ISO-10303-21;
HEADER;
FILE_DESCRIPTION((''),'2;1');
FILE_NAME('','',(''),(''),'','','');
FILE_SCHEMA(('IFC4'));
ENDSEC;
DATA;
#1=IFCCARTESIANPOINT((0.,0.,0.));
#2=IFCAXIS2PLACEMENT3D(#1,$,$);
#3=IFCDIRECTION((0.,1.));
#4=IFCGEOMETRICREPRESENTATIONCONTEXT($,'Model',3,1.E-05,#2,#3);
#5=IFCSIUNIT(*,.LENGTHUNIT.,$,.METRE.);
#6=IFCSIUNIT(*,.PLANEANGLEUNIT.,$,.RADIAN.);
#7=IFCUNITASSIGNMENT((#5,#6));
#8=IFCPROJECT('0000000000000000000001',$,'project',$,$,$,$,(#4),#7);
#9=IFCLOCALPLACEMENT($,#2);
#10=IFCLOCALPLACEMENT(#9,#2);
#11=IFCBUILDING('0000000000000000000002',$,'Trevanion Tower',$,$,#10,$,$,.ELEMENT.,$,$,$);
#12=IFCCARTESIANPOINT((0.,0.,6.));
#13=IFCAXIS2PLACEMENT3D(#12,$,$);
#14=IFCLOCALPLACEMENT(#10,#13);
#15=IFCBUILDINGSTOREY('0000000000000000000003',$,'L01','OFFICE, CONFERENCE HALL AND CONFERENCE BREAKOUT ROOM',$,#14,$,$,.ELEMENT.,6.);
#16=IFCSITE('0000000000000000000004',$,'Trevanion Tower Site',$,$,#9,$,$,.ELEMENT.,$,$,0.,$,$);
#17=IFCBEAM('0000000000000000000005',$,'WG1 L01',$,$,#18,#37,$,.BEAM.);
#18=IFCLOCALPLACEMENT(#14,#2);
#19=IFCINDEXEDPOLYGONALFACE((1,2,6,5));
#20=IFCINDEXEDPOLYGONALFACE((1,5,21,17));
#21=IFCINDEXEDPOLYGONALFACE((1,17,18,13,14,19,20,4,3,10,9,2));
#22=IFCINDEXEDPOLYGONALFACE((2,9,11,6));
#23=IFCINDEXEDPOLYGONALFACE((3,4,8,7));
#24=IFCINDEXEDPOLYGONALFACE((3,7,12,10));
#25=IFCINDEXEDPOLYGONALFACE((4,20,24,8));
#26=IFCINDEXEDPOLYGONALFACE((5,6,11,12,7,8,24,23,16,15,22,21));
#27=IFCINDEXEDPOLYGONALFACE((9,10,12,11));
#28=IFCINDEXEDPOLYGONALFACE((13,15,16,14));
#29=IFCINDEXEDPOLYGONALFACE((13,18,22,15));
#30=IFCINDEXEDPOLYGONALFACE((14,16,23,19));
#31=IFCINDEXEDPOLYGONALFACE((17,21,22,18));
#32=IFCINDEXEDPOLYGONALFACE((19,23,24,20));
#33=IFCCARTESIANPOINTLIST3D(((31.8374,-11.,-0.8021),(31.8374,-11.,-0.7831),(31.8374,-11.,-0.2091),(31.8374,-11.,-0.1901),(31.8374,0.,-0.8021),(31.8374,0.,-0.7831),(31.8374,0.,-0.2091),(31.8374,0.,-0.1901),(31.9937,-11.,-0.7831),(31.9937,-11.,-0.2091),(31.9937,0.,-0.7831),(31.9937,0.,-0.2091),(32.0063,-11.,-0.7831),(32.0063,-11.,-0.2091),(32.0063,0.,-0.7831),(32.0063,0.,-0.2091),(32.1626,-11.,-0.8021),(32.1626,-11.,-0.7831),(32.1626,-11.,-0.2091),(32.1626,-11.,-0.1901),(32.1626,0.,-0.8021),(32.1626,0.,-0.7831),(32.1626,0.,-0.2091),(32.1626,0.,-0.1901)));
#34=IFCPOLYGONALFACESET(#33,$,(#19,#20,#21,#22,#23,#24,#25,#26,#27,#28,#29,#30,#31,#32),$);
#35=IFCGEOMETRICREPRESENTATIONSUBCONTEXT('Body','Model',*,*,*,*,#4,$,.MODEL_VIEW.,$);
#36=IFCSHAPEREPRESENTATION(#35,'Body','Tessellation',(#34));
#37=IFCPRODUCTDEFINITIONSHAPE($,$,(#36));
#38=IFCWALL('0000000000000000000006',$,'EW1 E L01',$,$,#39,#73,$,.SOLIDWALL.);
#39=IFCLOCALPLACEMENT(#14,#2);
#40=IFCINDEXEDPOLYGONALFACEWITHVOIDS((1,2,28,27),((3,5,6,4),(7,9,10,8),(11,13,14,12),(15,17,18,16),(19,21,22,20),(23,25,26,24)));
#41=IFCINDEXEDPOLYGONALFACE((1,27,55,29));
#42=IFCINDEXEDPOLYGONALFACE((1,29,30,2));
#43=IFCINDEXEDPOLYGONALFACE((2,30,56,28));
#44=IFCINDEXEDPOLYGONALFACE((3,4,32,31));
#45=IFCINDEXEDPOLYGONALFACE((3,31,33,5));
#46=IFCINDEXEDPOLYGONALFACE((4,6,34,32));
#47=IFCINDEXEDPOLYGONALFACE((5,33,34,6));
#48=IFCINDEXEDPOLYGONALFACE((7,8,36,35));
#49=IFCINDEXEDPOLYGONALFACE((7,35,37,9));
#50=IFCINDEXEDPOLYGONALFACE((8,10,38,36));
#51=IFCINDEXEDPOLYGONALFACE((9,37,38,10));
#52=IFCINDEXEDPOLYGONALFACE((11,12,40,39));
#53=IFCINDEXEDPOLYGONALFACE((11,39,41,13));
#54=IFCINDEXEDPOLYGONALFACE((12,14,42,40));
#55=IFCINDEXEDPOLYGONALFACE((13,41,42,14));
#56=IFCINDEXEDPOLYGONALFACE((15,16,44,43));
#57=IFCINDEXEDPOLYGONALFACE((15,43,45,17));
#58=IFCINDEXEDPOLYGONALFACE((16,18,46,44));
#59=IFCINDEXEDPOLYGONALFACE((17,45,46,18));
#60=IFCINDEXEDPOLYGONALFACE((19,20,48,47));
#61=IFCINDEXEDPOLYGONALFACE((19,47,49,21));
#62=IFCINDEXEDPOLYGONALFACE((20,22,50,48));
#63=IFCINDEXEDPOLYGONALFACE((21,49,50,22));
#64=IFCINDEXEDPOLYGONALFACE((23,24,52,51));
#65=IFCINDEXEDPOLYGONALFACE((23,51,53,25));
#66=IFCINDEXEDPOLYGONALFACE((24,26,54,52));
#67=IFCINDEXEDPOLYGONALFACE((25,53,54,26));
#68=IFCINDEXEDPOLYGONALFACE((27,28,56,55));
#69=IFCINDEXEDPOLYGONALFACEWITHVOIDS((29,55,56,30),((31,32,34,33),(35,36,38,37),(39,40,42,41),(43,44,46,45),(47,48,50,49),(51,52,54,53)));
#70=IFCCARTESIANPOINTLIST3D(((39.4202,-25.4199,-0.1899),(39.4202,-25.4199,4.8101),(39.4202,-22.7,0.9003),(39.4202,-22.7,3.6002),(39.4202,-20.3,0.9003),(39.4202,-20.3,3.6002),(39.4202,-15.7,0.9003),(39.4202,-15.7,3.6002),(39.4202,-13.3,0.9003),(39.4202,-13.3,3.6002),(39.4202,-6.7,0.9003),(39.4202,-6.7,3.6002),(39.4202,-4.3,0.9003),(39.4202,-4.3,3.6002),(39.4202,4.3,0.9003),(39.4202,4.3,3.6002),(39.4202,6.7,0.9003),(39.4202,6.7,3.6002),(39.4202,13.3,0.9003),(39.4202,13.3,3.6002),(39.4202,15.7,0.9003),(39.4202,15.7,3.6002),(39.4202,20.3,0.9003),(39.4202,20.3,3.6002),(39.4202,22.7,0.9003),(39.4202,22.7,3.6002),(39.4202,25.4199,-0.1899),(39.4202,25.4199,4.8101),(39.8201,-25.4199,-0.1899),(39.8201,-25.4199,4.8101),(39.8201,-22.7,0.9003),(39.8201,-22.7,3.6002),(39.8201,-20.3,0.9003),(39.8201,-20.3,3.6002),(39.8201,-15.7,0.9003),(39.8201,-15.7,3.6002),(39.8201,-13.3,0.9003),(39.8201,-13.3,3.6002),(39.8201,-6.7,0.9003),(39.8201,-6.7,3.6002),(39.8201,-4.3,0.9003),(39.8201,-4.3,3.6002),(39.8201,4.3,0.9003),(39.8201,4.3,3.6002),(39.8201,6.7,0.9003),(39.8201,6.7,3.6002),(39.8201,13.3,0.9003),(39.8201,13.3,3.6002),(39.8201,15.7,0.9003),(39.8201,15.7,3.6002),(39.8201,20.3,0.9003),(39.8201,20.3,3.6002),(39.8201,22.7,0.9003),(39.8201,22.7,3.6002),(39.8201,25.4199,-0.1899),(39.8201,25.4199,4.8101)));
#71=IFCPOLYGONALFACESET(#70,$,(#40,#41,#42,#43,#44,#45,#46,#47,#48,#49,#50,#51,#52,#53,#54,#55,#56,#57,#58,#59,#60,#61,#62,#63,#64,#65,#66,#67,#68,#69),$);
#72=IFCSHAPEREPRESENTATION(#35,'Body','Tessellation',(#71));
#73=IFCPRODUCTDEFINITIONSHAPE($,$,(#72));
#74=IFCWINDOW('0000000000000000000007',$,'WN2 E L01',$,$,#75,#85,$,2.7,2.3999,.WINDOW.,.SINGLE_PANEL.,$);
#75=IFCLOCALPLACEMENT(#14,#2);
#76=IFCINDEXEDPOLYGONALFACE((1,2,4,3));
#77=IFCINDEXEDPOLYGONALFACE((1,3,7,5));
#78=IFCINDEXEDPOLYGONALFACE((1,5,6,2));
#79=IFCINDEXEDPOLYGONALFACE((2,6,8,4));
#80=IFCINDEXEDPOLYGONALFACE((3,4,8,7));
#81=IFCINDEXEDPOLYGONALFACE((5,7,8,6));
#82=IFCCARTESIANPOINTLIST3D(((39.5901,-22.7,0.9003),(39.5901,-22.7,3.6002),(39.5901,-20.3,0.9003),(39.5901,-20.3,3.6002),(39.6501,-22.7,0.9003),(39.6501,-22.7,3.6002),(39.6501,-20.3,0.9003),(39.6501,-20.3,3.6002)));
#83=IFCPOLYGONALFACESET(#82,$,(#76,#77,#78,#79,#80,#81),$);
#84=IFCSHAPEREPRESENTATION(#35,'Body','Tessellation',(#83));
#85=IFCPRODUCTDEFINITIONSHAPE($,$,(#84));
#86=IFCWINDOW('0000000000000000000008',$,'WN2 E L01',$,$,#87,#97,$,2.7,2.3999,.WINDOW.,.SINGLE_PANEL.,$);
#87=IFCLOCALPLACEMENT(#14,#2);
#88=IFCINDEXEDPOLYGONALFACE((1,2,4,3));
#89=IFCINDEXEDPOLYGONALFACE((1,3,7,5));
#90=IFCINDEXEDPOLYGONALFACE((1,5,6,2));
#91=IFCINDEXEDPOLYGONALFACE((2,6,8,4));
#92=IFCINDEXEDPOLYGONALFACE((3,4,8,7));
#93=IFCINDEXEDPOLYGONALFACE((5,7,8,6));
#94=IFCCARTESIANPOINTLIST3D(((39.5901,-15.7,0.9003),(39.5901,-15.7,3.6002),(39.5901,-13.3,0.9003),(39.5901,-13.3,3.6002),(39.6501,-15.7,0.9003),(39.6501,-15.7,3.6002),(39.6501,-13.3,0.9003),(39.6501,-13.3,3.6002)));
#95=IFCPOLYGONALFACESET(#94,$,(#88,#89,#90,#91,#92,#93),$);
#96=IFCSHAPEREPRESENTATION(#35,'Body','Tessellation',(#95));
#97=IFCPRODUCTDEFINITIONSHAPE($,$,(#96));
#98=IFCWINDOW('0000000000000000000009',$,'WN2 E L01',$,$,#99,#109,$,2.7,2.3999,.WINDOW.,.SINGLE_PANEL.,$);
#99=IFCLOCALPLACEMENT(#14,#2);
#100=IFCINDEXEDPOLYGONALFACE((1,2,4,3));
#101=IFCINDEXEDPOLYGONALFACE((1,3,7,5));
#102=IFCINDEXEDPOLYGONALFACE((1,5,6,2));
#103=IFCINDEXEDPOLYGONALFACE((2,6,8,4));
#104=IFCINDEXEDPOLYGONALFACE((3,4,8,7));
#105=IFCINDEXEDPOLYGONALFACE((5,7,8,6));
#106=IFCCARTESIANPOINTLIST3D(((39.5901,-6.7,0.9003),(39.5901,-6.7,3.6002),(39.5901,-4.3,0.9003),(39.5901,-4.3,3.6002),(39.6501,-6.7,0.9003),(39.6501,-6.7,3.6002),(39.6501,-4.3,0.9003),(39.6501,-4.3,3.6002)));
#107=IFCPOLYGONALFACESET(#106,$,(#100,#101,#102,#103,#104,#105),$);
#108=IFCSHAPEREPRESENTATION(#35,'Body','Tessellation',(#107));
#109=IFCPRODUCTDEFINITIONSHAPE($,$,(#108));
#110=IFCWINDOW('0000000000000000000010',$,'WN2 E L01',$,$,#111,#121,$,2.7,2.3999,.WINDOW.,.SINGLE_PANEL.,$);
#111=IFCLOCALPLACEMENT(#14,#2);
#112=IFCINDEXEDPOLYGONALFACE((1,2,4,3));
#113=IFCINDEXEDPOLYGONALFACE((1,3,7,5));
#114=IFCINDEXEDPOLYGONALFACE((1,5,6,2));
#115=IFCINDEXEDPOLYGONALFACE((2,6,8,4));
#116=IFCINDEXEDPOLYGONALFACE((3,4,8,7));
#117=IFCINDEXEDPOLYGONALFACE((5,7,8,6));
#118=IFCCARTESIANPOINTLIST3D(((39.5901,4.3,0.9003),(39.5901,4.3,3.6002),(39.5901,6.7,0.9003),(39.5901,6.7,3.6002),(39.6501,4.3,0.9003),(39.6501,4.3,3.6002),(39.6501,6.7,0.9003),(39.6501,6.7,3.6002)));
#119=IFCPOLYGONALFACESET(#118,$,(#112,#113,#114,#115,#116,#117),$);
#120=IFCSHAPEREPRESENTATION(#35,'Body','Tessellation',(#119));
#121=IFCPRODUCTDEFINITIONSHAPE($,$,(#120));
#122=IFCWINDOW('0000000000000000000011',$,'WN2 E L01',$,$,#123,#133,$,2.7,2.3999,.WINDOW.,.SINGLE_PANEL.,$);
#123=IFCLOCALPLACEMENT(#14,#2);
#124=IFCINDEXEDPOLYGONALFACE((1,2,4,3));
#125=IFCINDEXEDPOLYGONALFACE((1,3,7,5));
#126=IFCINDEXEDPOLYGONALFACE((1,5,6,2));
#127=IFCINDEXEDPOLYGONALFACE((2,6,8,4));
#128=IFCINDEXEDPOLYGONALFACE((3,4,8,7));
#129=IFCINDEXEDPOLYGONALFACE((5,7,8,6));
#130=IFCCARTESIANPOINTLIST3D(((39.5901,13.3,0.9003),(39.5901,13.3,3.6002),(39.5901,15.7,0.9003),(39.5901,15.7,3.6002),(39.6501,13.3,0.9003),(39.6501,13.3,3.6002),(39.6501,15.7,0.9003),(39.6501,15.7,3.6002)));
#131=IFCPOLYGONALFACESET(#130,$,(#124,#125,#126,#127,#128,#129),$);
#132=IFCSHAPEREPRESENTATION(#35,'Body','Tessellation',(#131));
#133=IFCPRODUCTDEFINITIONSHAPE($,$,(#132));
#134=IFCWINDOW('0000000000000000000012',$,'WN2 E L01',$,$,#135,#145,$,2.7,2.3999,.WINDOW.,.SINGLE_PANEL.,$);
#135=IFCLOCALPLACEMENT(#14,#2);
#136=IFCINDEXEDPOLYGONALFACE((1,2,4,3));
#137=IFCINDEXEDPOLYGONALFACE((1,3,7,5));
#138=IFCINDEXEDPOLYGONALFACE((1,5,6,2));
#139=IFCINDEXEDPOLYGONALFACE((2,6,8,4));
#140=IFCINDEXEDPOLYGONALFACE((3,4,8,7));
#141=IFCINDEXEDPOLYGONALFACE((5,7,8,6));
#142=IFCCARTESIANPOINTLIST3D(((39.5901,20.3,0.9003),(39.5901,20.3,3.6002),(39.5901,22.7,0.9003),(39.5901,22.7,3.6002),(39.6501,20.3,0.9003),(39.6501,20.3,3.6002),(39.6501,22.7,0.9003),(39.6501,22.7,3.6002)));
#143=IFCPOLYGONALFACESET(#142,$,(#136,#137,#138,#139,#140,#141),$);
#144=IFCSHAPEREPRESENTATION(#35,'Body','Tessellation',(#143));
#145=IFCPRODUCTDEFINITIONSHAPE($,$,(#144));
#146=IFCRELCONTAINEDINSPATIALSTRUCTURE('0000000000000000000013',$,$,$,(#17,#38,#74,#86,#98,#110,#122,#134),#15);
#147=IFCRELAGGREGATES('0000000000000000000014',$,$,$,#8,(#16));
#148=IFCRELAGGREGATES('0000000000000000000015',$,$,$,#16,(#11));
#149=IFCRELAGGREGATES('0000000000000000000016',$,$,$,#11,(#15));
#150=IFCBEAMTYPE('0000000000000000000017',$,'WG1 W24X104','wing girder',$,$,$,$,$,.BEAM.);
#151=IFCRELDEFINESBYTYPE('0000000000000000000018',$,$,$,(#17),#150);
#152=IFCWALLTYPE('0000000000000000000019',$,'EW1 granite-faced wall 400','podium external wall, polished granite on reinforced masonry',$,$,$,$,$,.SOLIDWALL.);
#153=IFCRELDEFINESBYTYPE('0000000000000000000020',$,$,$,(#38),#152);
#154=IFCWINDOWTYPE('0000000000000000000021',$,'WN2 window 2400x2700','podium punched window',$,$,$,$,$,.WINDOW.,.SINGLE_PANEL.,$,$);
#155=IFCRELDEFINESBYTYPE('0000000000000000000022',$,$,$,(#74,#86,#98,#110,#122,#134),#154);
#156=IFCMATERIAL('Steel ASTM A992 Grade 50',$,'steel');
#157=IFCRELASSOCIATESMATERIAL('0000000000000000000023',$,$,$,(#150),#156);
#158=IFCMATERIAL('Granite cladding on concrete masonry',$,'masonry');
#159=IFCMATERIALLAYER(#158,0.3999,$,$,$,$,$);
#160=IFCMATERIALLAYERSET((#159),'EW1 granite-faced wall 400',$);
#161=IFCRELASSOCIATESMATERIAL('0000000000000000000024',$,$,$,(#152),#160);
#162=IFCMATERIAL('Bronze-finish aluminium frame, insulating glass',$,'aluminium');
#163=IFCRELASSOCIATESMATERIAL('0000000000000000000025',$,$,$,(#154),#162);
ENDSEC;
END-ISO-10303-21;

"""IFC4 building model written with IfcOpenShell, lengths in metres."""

from ifc_helpers import new_model, si_unit, direction, frame, frame_2d, origin, origin_2d, place, context, subcontext, project, spatial, rectangle, i_section, extrude, material, layer, layer_set, material_profile, profile_set, type_object, element, fill, save


model = new_model("IFC4")

# Units and contexts
model_context = context("Model", 3, precision=1e-05, world=origin(), true_north=direction((0.0, 1.0)))
body_context = subcontext(model_context, "Body", "Model", "MODEL_VIEW")
ifc_project = project(units=[si_unit("LENGTHUNIT", "METRE"), si_unit("PLANEANGLEUNIT", "RADIAN")], contexts=[model_context])

# Site, building, storey
site_placement = place(None, origin())
site = spatial("IfcSite", under=ifc_project, at=site_placement, Name="Trevanion Tower Site", CompositionType="ELEMENT", RefElevation=0.0)
building_placement = place(site_placement, origin())
building = spatial("IfcBuilding", under=site, at=building_placement, Name="Trevanion Tower", CompositionType="ELEMENT")
storey_placement = place(building_placement, frame((0.0, 0.0, 6.0)))
storey = spatial("IfcBuildingStorey", under=building, at=storey_placement, Name="L01", Description="OFFICE, CONFERENCE HALL AND CONFERENCE BREAKOUT ROOM", CompositionType="ELEMENT", Elevation=6.0)

# Beam
ifc_material_1 = material(Name="Steel ASTM A992 Grade 50", Category="steel")
ifc_material_profile_1 = material_profile(ifc_material_1, i_section(OverallWidth=0.3252, OverallDepth=0.6121, WebThickness=0.0127, FlangeThickness=0.019, at=origin_2d()), Name="W24X104")
ifc_profile_set_1 = profile_set([ifc_material_profile_1], Name="Steel ASTM A992 Grade 50")
beam_type_1 = type_object("IfcBeamType", Name="WG1 W24X104", Description="wing girder", PredefinedType="BEAM", material=ifc_profile_set_1)
beam_1_placement = place(storey_placement, frame((32.0, -11.0, -0.4961), z_axis=(0.0, 1.0, 0.0), x_axis=(-1.0, 0.0, 0.0)))
element("IfcBeam", 1, at=beam_1_placement, inside=storey, type_object=beam_type_1, Name="WG1 L01", PredefinedType="BEAM", context=body_context, shape_type="SweptSolid", body=[
    extrude(i_section(OverallWidth=0.3252, OverallDepth=0.6121, WebThickness=0.0127, FlangeThickness=0.019, at=origin_2d()), origin(), (0.0, 0.0, 1.0), 11.0),
])

# Wall, openings, windows
ifc_material_2 = material(Name="Granite cladding on concrete masonry", Category="masonry")
ifc_layer_1 = layer(ifc_material_2, 0.3999)
ifc_layer_set_1 = layer_set([ifc_layer_1], Name="EW1 granite-faced wall 400")
wall_type_1 = type_object("IfcWallType", Name="EW1 granite-faced wall 400", Description="podium external wall, polished granite on reinforced masonry", PredefinedType="SOLIDWALL", material=ifc_layer_set_1)
wall_1_placement = place(storey_placement, frame((39.6201, -25.4199, -0.1899), z_axis=(0.0, 0.0, 1.0), x_axis=(0.0, 1.0, 0.0)))
wall_1 = element("IfcWall", 2, at=wall_1_placement, inside=storey, type_object=wall_type_1, Name="EW1 E L01", PredefinedType="SOLIDWALL", context=body_context, shape_type="SweptSolid", body=[
    extrude(rectangle(XDim=50.8398, YDim=0.3999, at=frame_2d((25.4199, 0.0))), origin(), (0.0, 0.0, 1.0), 5.0),
])
opening_1_placement = place(wall_1_placement, frame((2.72, 0.0, 1.0901)))
opening_1 = element("IfcOpeningElement", 3, at=opening_1_placement, cuts=wall_1, PredefinedType="OPENING", context=body_context, shape_type="SweptSolid", body=[
    extrude(rectangle(XDim=2.3999, YDim=2.7, at=frame_2d((1.2, 1.3501))), frame((0.0, 0.21, 0.0), z_axis=(0.0, -1.0, 0.0), x_axis=(1.0, 0.0, 0.0)), (0.0, 0.0, 1.0), 0.4199),
])
opening_2_placement = place(wall_1_placement, frame((9.72, 0.0, 1.0901)))
opening_2 = element("IfcOpeningElement", 4, at=opening_2_placement, cuts=wall_1, PredefinedType="OPENING", context=body_context, shape_type="SweptSolid", body=[
    extrude(rectangle(XDim=2.3999, YDim=2.7, at=frame_2d((1.2, 1.3501))), frame((0.0, 0.21, 0.0), z_axis=(0.0, -1.0, 0.0), x_axis=(1.0, 0.0, 0.0)), (0.0, 0.0, 1.0), 0.4199),
])
opening_3_placement = place(wall_1_placement, frame((18.72, 0.0, 1.0901)))
opening_3 = element("IfcOpeningElement", 5, at=opening_3_placement, cuts=wall_1, PredefinedType="OPENING", context=body_context, shape_type="SweptSolid", body=[
    extrude(rectangle(XDim=2.3999, YDim=2.7, at=frame_2d((1.2, 1.3501))), frame((0.0, 0.21, 0.0), z_axis=(0.0, -1.0, 0.0), x_axis=(1.0, 0.0, 0.0)), (0.0, 0.0, 1.0), 0.4199),
])
opening_4_placement = place(wall_1_placement, frame((29.72, 0.0, 1.0901)))
opening_4 = element("IfcOpeningElement", 6, at=opening_4_placement, cuts=wall_1, PredefinedType="OPENING", context=body_context, shape_type="SweptSolid", body=[
    extrude(rectangle(XDim=2.3999, YDim=2.7, at=frame_2d((1.2, 1.3501))), frame((0.0, 0.21, 0.0), z_axis=(0.0, -1.0, 0.0), x_axis=(1.0, 0.0, 0.0)), (0.0, 0.0, 1.0), 0.4199),
])
opening_5_placement = place(wall_1_placement, frame((38.72, 0.0, 1.0901)))
opening_5 = element("IfcOpeningElement", 7, at=opening_5_placement, cuts=wall_1, PredefinedType="OPENING", context=body_context, shape_type="SweptSolid", body=[
    extrude(rectangle(XDim=2.3999, YDim=2.7, at=frame_2d((1.2, 1.3501))), frame((0.0, 0.21, 0.0), z_axis=(0.0, -1.0, 0.0), x_axis=(1.0, 0.0, 0.0)), (0.0, 0.0, 1.0), 0.4199),
])
opening_6_placement = place(wall_1_placement, frame((45.72, 0.0, 1.0901)))
opening_6 = element("IfcOpeningElement", 8, at=opening_6_placement, cuts=wall_1, PredefinedType="OPENING", context=body_context, shape_type="SweptSolid", body=[
    extrude(rectangle(XDim=2.3999, YDim=2.7, at=frame_2d((1.2, 1.3501))), frame((0.0, 0.21, 0.0), z_axis=(0.0, -1.0, 0.0), x_axis=(1.0, 0.0, 0.0)), (0.0, 0.0, 1.0), 0.4199),
])
ifc_material_3 = material(Name="Bronze-finish aluminium frame, insulating glass", Category="aluminium")
window_type = type_object("IfcWindowType", Name="WN2 window 2400x2700", Description="podium punched window", PartitioningType="SINGLE_PANEL", PredefinedType="WINDOW", material=ifc_material_3)
window_1_placement = place(opening_1_placement, origin())
window_1 = element("IfcWindow", 9, at=window_1_placement, inside=storey, type_object=window_type, Name="WN2 E L01", OverallHeight=2.7, OverallWidth=2.3999, PartitioningType="SINGLE_PANEL", PredefinedType="WINDOW", context=body_context, shape_type="SweptSolid", body=[
    extrude(rectangle(XDim=2.3999, YDim=2.7, at=frame_2d((1.2, 1.3501))), frame((0.0, 0.03, 0.0), z_axis=(0.0, -1.0, 0.0), x_axis=(1.0, 0.0, 0.0)), (0.0, 0.0, 1.0), 0.0601),
])
fill(opening_1, window_1)
window_2_placement = place(opening_2_placement, origin())
window_2 = element("IfcWindow", 10, at=window_2_placement, inside=storey, type_object=window_type, Name="WN2 E L01", OverallHeight=2.7, OverallWidth=2.3999, PartitioningType="SINGLE_PANEL", PredefinedType="WINDOW", context=body_context, shape_type="SweptSolid", body=[
    extrude(rectangle(XDim=2.3999, YDim=2.7, at=frame_2d((1.2, 1.3501))), frame((0.0, 0.03, 0.0), z_axis=(0.0, -1.0, 0.0), x_axis=(1.0, 0.0, 0.0)), (0.0, 0.0, 1.0), 0.0601),
])
fill(opening_2, window_2)
window_3_placement = place(opening_3_placement, origin())
window_3 = element("IfcWindow", 11, at=window_3_placement, inside=storey, type_object=window_type, Name="WN2 E L01", OverallHeight=2.7, OverallWidth=2.3999, PartitioningType="SINGLE_PANEL", PredefinedType="WINDOW", context=body_context, shape_type="SweptSolid", body=[
    extrude(rectangle(XDim=2.3999, YDim=2.7, at=frame_2d((1.2, 1.3501))), frame((0.0, 0.03, 0.0), z_axis=(0.0, -1.0, 0.0), x_axis=(1.0, 0.0, 0.0)), (0.0, 0.0, 1.0), 0.0601),
])
fill(opening_3, window_3)
window_4_placement = place(opening_4_placement, origin())
window_4 = element("IfcWindow", 12, at=window_4_placement, inside=storey, type_object=window_type, Name="WN2 E L01", OverallHeight=2.7, OverallWidth=2.3999, PartitioningType="SINGLE_PANEL", PredefinedType="WINDOW", context=body_context, shape_type="SweptSolid", body=[
    extrude(rectangle(XDim=2.3999, YDim=2.7, at=frame_2d((1.2, 1.3501))), frame((0.0, 0.03, 0.0), z_axis=(0.0, -1.0, 0.0), x_axis=(1.0, 0.0, 0.0)), (0.0, 0.0, 1.0), 0.0601),
])
fill(opening_4, window_4)
window_5_placement = place(opening_5_placement, origin())
window_5 = element("IfcWindow", 13, at=window_5_placement, inside=storey, type_object=window_type, Name="WN2 E L01", OverallHeight=2.7, OverallWidth=2.3999, PartitioningType="SINGLE_PANEL", PredefinedType="WINDOW", context=body_context, shape_type="SweptSolid", body=[
    extrude(rectangle(XDim=2.3999, YDim=2.7, at=frame_2d((1.2, 1.3501))), frame((0.0, 0.03, 0.0), z_axis=(0.0, -1.0, 0.0), x_axis=(1.0, 0.0, 0.0)), (0.0, 0.0, 1.0), 0.0601),
])
fill(opening_5, window_5)
window_6_placement = place(opening_6_placement, origin())
window_6 = element("IfcWindow", 14, at=window_6_placement, inside=storey, type_object=window_type, Name="WN2 E L01", OverallHeight=2.7, OverallWidth=2.3999, PartitioningType="SINGLE_PANEL", PredefinedType="WINDOW", context=body_context, shape_type="SweptSolid", body=[
    extrude(rectangle(XDim=2.3999, YDim=2.7, at=frame_2d((1.2, 1.3501))), frame((0.0, 0.03, 0.0), z_axis=(0.0, -1.0, 0.0), x_axis=(1.0, 0.0, 0.0)), (0.0, 0.0, 1.0), 0.0601),
])
fill(opening_6, window_6)

save(model, "model.ifc")
